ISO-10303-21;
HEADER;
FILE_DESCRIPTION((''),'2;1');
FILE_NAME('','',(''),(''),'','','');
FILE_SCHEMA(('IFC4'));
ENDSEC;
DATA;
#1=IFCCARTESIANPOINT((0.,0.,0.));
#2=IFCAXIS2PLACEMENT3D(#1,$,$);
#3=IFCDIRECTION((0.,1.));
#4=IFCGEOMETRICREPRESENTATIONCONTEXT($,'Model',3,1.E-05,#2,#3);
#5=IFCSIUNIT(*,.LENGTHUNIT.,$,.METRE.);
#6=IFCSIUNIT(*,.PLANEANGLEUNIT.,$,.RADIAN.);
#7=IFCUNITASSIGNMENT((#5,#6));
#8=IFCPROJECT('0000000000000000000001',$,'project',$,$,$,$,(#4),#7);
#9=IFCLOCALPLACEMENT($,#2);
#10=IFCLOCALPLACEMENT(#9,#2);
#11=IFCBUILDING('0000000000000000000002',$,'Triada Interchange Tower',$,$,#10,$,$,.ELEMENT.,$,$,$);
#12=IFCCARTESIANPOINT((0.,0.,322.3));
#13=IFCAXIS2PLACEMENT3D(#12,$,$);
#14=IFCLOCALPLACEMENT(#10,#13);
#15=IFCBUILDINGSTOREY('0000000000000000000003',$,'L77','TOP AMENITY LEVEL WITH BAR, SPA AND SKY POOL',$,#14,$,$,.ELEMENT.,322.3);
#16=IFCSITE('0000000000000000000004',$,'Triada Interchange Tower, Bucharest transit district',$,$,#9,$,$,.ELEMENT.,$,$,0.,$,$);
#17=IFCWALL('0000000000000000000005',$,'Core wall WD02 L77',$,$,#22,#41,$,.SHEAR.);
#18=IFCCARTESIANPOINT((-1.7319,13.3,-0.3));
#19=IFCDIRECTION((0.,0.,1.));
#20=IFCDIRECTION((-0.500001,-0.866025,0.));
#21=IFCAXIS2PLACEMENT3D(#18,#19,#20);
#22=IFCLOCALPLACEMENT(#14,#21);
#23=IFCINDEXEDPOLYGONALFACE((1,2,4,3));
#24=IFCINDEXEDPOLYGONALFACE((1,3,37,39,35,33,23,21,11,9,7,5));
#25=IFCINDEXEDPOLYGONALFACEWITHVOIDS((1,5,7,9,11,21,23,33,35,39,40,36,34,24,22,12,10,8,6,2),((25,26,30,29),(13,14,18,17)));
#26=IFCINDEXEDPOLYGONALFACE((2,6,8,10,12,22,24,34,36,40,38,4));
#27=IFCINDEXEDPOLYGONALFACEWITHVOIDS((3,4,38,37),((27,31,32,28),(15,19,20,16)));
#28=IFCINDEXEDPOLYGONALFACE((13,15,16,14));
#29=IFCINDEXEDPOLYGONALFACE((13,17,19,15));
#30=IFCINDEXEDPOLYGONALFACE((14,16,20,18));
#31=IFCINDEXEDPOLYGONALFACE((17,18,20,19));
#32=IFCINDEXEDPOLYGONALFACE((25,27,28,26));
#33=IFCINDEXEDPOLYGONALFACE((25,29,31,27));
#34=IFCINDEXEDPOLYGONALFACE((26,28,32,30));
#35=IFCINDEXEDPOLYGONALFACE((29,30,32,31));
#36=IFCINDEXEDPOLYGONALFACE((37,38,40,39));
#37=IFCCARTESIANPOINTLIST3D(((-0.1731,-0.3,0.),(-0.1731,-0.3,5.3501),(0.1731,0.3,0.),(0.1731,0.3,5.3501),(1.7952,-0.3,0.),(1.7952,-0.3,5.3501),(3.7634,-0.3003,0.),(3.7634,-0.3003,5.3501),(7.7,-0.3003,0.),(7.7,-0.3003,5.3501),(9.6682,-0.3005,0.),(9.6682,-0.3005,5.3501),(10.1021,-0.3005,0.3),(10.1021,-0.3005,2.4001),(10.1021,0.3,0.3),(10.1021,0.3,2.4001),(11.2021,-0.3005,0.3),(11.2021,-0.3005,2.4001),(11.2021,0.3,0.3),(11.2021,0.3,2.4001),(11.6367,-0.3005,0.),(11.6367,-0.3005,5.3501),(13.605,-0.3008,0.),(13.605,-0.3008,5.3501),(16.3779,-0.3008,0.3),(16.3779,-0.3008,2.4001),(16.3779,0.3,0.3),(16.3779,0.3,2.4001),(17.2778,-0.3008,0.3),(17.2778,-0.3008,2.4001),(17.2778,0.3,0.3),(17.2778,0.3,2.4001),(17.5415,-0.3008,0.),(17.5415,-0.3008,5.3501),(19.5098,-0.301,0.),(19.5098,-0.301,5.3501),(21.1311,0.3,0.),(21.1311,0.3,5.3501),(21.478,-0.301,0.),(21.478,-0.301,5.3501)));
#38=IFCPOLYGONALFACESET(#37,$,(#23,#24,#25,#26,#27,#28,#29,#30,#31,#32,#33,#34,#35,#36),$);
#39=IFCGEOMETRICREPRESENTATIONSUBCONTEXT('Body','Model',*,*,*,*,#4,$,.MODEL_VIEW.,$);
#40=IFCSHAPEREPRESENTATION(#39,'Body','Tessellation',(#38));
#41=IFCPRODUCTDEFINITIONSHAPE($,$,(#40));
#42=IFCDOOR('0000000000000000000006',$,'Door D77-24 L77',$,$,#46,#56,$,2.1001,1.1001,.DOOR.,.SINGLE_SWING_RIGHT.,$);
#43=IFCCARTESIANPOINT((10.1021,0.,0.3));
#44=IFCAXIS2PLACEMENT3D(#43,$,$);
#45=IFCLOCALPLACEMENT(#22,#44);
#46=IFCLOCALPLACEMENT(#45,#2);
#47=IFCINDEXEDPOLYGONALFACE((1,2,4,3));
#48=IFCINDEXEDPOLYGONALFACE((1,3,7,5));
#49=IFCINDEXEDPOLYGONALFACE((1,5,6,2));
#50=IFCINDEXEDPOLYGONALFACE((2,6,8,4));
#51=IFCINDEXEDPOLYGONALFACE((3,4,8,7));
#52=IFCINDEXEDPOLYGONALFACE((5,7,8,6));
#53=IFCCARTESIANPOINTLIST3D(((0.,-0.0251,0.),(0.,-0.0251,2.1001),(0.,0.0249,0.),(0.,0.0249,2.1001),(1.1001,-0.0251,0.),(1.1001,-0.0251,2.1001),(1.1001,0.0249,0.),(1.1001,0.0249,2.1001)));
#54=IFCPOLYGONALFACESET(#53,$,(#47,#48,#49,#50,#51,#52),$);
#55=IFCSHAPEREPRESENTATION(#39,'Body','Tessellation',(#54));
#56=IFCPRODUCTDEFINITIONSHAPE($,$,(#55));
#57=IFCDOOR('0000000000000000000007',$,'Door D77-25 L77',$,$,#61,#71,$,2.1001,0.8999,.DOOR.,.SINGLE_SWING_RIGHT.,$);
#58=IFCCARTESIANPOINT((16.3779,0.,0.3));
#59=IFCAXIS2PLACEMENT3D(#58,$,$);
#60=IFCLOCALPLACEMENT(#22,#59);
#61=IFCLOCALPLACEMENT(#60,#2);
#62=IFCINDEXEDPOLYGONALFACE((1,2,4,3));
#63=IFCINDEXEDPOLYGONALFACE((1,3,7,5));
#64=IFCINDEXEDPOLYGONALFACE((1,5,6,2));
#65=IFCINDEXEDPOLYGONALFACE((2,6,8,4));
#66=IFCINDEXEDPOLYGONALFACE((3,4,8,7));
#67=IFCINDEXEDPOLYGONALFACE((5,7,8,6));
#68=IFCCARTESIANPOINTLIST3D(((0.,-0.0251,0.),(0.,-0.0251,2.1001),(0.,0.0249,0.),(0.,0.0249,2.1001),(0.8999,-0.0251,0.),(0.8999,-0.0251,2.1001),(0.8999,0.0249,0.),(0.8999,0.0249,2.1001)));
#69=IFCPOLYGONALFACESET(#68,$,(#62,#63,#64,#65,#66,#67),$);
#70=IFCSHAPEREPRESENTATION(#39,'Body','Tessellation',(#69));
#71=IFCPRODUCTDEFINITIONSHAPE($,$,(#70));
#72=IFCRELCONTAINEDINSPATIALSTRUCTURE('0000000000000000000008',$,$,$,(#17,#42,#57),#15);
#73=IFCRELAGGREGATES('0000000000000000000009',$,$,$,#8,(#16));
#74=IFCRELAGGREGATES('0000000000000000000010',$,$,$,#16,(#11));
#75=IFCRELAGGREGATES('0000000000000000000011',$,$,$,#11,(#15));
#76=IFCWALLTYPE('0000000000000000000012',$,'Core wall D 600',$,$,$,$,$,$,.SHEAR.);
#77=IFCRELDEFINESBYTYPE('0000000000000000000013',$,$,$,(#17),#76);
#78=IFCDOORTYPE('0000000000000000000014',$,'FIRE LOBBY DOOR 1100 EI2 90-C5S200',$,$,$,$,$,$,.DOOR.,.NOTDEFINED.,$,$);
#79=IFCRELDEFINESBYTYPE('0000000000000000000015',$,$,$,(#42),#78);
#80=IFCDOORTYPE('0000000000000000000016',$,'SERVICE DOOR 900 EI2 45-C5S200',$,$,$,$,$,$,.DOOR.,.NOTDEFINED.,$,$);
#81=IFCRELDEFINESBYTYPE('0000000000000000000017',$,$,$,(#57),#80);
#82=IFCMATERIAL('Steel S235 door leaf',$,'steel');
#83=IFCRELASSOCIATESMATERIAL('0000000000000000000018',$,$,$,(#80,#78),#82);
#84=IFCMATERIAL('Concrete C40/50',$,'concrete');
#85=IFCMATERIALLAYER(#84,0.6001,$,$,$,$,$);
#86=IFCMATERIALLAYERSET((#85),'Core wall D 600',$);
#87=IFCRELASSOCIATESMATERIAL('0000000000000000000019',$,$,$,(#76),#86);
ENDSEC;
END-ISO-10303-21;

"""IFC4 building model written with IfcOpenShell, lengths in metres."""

from ifc_helpers import new_model, si_unit, direction, frame, frame_2d, origin, place, context, subcontext, project, spatial, polyline, rectangle, outline, extrude, material, layer, layer_set, type_object, element, fill, save


model = new_model("IFC4")

# Units and contexts
model_context = context("Model", 3, precision=1e-05, world=origin(), true_north=direction((0.0, 1.0)))
body_context = subcontext(model_context, "Body", "Model", "MODEL_VIEW")
ifc_project = project(units=[si_unit("LENGTHUNIT", "METRE"), si_unit("PLANEANGLEUNIT", "RADIAN")], contexts=[model_context])

# Site, building, storey
site_placement = place(None, origin())
site = spatial("IfcSite", under=ifc_project, at=site_placement, Name="Triada Interchange Tower, Bucharest transit district", CompositionType="ELEMENT", RefElevation=0.0)
building_placement = place(site_placement, origin())
building = spatial("IfcBuilding", under=site, at=building_placement, Name="Triada Interchange Tower", CompositionType="ELEMENT")
storey_placement = place(building_placement, frame((0.0, 0.0, 322.3)))
storey = spatial("IfcBuildingStorey", under=building, at=storey_placement, Name="L77", Description="TOP AMENITY LEVEL WITH BAR, SPA AND SKY POOL", CompositionType="ELEMENT", Elevation=322.3)

# Shared definitions
ifc_material_1 = material(Name="Concrete C40/50", Category="concrete")

# Shared definitions
ifc_material_2 = material(Name="Steel S235 door leaf", Category="steel")
door_type_1 = type_object("IfcDoorType", Name="SERVICE DOOR 900 EI2 45-C5S200", OperationType="NOTDEFINED", PredefinedType="DOOR", material=ifc_material_2)

# Wall, openings, doors
ifc_layer_1 = layer(ifc_material_1, 0.6001)
ifc_layer_set_1 = layer_set([ifc_layer_1], Name="Core wall D 600")
wall_type_1 = type_object("IfcWallType", Name="Core wall D 600", PredefinedType="SHEAR", material=ifc_layer_set_1)
wall_1_placement = place(storey_placement, frame((-1.7319, 13.3, -0.3), z_axis=(0.0, 0.0, 1.0), x_axis=(-0.500001, -0.866025, 0.0)))
wall_1 = element("IfcWall", 1, at=wall_1_placement, inside=storey, type_object=wall_type_1, Name="Core wall WD02 L77", PredefinedType="SHEAR", context=body_context, shape_type="SweptSolid", body=[
    extrude(outline(polyline([(-0.1731, -0.3), (1.7952, -0.3), (3.7634, -0.3003), (5.7317, -0.3003), (7.7, -0.3003), (9.6682, -0.3005), (11.6367, -0.3005), (13.605, -0.3008), (15.5732, -0.3008), (17.5415, -0.3008), (19.5098, -0.301), (21.478, -0.301), (21.1311, 0.3), (19.2258, 0.3), (17.3206, 0.3), (15.4153, 0.3), (13.51, 0.3), (11.6047, 0.3), (9.6995, 0.3), (7.7942, 0.3), (5.8889, 0.3), (3.9836, 0.3), (2.0784, 0.3), (0.1731, 0.3), (-0.1731, -0.3)])), origin(), (0.0, 0.0, 1.0), 5.3501),
])
opening_1_placement = place(wall_1_placement, frame((10.1021, 0.0, 0.3)))
opening_1 = element("IfcOpeningElement", 2, at=opening_1_placement, cuts=wall_1, PredefinedType="OPENING", context=body_context, shape_type="SweptSolid", body=[
    extrude(rectangle(XDim=1.1001, YDim=2.1001, at=frame_2d((0.55, 1.05))), frame((0.0, 0.3101, 0.0), z_axis=(0.0, -1.0, 0.0), x_axis=(1.0, 0.0, 0.0)), (0.0, 0.0, 1.0), 0.6211),
])
opening_2_placement = place(wall_1_placement, frame((16.3779, 0.0, 0.3)))
opening_2 = element("IfcOpeningElement", 3, at=opening_2_placement, cuts=wall_1, PredefinedType="OPENING", context=body_context, shape_type="SweptSolid", body=[
    extrude(rectangle(XDim=0.8999, YDim=2.1001, at=frame_2d((0.45, 1.05))), frame((0.0, 0.3101, 0.0), z_axis=(0.0, -1.0, 0.0), x_axis=(1.0, 0.0, 0.0)), (0.0, 0.0, 1.0), 0.6211),
])
door_type_2 = type_object("IfcDoorType", Name="FIRE LOBBY DOOR 1100 EI2 90-C5S200", OperationType="NOTDEFINED", PredefinedType="DOOR", material=ifc_material_2)
door_1_placement = place(opening_1_placement, origin())
door_1 = element("IfcDoor", 4, at=door_1_placement, inside=storey, type_object=door_type_2, Name="Door D77-24 L77", OperationType="SINGLE_SWING_RIGHT", OverallHeight=2.1001, OverallWidth=1.1001, PredefinedType="DOOR", context=body_context, shape_type="SweptSolid", body=[
    extrude(rectangle(XDim=1.1001, YDim=2.1001, at=frame_2d((0.55, 1.05))), frame((0.0, 0.0249, 0.0), z_axis=(0.0, -1.0, 0.0), x_axis=(1.0, 0.0, 0.0)), (0.0, 0.0, 1.0), 0.05),
])
fill(opening_1, door_1)
door_2_placement = place(opening_2_placement, origin())
door_2 = element("IfcDoor", 5, at=door_2_placement, inside=storey, type_object=door_type_1, Name="Door D77-25 L77", OperationType="SINGLE_SWING_RIGHT", OverallHeight=2.1001, OverallWidth=0.8999, PredefinedType="DOOR", context=body_context, shape_type="SweptSolid", body=[
    extrude(rectangle(XDim=0.8999, YDim=2.1001, at=frame_2d((0.45, 1.05))), frame((0.0, 0.0249, 0.0), z_axis=(0.0, -1.0, 0.0), x_axis=(1.0, 0.0, 0.0)), (0.0, 0.0, 1.0), 0.05),
])
fill(opening_2, door_2)

save(model, "model.ifc")
